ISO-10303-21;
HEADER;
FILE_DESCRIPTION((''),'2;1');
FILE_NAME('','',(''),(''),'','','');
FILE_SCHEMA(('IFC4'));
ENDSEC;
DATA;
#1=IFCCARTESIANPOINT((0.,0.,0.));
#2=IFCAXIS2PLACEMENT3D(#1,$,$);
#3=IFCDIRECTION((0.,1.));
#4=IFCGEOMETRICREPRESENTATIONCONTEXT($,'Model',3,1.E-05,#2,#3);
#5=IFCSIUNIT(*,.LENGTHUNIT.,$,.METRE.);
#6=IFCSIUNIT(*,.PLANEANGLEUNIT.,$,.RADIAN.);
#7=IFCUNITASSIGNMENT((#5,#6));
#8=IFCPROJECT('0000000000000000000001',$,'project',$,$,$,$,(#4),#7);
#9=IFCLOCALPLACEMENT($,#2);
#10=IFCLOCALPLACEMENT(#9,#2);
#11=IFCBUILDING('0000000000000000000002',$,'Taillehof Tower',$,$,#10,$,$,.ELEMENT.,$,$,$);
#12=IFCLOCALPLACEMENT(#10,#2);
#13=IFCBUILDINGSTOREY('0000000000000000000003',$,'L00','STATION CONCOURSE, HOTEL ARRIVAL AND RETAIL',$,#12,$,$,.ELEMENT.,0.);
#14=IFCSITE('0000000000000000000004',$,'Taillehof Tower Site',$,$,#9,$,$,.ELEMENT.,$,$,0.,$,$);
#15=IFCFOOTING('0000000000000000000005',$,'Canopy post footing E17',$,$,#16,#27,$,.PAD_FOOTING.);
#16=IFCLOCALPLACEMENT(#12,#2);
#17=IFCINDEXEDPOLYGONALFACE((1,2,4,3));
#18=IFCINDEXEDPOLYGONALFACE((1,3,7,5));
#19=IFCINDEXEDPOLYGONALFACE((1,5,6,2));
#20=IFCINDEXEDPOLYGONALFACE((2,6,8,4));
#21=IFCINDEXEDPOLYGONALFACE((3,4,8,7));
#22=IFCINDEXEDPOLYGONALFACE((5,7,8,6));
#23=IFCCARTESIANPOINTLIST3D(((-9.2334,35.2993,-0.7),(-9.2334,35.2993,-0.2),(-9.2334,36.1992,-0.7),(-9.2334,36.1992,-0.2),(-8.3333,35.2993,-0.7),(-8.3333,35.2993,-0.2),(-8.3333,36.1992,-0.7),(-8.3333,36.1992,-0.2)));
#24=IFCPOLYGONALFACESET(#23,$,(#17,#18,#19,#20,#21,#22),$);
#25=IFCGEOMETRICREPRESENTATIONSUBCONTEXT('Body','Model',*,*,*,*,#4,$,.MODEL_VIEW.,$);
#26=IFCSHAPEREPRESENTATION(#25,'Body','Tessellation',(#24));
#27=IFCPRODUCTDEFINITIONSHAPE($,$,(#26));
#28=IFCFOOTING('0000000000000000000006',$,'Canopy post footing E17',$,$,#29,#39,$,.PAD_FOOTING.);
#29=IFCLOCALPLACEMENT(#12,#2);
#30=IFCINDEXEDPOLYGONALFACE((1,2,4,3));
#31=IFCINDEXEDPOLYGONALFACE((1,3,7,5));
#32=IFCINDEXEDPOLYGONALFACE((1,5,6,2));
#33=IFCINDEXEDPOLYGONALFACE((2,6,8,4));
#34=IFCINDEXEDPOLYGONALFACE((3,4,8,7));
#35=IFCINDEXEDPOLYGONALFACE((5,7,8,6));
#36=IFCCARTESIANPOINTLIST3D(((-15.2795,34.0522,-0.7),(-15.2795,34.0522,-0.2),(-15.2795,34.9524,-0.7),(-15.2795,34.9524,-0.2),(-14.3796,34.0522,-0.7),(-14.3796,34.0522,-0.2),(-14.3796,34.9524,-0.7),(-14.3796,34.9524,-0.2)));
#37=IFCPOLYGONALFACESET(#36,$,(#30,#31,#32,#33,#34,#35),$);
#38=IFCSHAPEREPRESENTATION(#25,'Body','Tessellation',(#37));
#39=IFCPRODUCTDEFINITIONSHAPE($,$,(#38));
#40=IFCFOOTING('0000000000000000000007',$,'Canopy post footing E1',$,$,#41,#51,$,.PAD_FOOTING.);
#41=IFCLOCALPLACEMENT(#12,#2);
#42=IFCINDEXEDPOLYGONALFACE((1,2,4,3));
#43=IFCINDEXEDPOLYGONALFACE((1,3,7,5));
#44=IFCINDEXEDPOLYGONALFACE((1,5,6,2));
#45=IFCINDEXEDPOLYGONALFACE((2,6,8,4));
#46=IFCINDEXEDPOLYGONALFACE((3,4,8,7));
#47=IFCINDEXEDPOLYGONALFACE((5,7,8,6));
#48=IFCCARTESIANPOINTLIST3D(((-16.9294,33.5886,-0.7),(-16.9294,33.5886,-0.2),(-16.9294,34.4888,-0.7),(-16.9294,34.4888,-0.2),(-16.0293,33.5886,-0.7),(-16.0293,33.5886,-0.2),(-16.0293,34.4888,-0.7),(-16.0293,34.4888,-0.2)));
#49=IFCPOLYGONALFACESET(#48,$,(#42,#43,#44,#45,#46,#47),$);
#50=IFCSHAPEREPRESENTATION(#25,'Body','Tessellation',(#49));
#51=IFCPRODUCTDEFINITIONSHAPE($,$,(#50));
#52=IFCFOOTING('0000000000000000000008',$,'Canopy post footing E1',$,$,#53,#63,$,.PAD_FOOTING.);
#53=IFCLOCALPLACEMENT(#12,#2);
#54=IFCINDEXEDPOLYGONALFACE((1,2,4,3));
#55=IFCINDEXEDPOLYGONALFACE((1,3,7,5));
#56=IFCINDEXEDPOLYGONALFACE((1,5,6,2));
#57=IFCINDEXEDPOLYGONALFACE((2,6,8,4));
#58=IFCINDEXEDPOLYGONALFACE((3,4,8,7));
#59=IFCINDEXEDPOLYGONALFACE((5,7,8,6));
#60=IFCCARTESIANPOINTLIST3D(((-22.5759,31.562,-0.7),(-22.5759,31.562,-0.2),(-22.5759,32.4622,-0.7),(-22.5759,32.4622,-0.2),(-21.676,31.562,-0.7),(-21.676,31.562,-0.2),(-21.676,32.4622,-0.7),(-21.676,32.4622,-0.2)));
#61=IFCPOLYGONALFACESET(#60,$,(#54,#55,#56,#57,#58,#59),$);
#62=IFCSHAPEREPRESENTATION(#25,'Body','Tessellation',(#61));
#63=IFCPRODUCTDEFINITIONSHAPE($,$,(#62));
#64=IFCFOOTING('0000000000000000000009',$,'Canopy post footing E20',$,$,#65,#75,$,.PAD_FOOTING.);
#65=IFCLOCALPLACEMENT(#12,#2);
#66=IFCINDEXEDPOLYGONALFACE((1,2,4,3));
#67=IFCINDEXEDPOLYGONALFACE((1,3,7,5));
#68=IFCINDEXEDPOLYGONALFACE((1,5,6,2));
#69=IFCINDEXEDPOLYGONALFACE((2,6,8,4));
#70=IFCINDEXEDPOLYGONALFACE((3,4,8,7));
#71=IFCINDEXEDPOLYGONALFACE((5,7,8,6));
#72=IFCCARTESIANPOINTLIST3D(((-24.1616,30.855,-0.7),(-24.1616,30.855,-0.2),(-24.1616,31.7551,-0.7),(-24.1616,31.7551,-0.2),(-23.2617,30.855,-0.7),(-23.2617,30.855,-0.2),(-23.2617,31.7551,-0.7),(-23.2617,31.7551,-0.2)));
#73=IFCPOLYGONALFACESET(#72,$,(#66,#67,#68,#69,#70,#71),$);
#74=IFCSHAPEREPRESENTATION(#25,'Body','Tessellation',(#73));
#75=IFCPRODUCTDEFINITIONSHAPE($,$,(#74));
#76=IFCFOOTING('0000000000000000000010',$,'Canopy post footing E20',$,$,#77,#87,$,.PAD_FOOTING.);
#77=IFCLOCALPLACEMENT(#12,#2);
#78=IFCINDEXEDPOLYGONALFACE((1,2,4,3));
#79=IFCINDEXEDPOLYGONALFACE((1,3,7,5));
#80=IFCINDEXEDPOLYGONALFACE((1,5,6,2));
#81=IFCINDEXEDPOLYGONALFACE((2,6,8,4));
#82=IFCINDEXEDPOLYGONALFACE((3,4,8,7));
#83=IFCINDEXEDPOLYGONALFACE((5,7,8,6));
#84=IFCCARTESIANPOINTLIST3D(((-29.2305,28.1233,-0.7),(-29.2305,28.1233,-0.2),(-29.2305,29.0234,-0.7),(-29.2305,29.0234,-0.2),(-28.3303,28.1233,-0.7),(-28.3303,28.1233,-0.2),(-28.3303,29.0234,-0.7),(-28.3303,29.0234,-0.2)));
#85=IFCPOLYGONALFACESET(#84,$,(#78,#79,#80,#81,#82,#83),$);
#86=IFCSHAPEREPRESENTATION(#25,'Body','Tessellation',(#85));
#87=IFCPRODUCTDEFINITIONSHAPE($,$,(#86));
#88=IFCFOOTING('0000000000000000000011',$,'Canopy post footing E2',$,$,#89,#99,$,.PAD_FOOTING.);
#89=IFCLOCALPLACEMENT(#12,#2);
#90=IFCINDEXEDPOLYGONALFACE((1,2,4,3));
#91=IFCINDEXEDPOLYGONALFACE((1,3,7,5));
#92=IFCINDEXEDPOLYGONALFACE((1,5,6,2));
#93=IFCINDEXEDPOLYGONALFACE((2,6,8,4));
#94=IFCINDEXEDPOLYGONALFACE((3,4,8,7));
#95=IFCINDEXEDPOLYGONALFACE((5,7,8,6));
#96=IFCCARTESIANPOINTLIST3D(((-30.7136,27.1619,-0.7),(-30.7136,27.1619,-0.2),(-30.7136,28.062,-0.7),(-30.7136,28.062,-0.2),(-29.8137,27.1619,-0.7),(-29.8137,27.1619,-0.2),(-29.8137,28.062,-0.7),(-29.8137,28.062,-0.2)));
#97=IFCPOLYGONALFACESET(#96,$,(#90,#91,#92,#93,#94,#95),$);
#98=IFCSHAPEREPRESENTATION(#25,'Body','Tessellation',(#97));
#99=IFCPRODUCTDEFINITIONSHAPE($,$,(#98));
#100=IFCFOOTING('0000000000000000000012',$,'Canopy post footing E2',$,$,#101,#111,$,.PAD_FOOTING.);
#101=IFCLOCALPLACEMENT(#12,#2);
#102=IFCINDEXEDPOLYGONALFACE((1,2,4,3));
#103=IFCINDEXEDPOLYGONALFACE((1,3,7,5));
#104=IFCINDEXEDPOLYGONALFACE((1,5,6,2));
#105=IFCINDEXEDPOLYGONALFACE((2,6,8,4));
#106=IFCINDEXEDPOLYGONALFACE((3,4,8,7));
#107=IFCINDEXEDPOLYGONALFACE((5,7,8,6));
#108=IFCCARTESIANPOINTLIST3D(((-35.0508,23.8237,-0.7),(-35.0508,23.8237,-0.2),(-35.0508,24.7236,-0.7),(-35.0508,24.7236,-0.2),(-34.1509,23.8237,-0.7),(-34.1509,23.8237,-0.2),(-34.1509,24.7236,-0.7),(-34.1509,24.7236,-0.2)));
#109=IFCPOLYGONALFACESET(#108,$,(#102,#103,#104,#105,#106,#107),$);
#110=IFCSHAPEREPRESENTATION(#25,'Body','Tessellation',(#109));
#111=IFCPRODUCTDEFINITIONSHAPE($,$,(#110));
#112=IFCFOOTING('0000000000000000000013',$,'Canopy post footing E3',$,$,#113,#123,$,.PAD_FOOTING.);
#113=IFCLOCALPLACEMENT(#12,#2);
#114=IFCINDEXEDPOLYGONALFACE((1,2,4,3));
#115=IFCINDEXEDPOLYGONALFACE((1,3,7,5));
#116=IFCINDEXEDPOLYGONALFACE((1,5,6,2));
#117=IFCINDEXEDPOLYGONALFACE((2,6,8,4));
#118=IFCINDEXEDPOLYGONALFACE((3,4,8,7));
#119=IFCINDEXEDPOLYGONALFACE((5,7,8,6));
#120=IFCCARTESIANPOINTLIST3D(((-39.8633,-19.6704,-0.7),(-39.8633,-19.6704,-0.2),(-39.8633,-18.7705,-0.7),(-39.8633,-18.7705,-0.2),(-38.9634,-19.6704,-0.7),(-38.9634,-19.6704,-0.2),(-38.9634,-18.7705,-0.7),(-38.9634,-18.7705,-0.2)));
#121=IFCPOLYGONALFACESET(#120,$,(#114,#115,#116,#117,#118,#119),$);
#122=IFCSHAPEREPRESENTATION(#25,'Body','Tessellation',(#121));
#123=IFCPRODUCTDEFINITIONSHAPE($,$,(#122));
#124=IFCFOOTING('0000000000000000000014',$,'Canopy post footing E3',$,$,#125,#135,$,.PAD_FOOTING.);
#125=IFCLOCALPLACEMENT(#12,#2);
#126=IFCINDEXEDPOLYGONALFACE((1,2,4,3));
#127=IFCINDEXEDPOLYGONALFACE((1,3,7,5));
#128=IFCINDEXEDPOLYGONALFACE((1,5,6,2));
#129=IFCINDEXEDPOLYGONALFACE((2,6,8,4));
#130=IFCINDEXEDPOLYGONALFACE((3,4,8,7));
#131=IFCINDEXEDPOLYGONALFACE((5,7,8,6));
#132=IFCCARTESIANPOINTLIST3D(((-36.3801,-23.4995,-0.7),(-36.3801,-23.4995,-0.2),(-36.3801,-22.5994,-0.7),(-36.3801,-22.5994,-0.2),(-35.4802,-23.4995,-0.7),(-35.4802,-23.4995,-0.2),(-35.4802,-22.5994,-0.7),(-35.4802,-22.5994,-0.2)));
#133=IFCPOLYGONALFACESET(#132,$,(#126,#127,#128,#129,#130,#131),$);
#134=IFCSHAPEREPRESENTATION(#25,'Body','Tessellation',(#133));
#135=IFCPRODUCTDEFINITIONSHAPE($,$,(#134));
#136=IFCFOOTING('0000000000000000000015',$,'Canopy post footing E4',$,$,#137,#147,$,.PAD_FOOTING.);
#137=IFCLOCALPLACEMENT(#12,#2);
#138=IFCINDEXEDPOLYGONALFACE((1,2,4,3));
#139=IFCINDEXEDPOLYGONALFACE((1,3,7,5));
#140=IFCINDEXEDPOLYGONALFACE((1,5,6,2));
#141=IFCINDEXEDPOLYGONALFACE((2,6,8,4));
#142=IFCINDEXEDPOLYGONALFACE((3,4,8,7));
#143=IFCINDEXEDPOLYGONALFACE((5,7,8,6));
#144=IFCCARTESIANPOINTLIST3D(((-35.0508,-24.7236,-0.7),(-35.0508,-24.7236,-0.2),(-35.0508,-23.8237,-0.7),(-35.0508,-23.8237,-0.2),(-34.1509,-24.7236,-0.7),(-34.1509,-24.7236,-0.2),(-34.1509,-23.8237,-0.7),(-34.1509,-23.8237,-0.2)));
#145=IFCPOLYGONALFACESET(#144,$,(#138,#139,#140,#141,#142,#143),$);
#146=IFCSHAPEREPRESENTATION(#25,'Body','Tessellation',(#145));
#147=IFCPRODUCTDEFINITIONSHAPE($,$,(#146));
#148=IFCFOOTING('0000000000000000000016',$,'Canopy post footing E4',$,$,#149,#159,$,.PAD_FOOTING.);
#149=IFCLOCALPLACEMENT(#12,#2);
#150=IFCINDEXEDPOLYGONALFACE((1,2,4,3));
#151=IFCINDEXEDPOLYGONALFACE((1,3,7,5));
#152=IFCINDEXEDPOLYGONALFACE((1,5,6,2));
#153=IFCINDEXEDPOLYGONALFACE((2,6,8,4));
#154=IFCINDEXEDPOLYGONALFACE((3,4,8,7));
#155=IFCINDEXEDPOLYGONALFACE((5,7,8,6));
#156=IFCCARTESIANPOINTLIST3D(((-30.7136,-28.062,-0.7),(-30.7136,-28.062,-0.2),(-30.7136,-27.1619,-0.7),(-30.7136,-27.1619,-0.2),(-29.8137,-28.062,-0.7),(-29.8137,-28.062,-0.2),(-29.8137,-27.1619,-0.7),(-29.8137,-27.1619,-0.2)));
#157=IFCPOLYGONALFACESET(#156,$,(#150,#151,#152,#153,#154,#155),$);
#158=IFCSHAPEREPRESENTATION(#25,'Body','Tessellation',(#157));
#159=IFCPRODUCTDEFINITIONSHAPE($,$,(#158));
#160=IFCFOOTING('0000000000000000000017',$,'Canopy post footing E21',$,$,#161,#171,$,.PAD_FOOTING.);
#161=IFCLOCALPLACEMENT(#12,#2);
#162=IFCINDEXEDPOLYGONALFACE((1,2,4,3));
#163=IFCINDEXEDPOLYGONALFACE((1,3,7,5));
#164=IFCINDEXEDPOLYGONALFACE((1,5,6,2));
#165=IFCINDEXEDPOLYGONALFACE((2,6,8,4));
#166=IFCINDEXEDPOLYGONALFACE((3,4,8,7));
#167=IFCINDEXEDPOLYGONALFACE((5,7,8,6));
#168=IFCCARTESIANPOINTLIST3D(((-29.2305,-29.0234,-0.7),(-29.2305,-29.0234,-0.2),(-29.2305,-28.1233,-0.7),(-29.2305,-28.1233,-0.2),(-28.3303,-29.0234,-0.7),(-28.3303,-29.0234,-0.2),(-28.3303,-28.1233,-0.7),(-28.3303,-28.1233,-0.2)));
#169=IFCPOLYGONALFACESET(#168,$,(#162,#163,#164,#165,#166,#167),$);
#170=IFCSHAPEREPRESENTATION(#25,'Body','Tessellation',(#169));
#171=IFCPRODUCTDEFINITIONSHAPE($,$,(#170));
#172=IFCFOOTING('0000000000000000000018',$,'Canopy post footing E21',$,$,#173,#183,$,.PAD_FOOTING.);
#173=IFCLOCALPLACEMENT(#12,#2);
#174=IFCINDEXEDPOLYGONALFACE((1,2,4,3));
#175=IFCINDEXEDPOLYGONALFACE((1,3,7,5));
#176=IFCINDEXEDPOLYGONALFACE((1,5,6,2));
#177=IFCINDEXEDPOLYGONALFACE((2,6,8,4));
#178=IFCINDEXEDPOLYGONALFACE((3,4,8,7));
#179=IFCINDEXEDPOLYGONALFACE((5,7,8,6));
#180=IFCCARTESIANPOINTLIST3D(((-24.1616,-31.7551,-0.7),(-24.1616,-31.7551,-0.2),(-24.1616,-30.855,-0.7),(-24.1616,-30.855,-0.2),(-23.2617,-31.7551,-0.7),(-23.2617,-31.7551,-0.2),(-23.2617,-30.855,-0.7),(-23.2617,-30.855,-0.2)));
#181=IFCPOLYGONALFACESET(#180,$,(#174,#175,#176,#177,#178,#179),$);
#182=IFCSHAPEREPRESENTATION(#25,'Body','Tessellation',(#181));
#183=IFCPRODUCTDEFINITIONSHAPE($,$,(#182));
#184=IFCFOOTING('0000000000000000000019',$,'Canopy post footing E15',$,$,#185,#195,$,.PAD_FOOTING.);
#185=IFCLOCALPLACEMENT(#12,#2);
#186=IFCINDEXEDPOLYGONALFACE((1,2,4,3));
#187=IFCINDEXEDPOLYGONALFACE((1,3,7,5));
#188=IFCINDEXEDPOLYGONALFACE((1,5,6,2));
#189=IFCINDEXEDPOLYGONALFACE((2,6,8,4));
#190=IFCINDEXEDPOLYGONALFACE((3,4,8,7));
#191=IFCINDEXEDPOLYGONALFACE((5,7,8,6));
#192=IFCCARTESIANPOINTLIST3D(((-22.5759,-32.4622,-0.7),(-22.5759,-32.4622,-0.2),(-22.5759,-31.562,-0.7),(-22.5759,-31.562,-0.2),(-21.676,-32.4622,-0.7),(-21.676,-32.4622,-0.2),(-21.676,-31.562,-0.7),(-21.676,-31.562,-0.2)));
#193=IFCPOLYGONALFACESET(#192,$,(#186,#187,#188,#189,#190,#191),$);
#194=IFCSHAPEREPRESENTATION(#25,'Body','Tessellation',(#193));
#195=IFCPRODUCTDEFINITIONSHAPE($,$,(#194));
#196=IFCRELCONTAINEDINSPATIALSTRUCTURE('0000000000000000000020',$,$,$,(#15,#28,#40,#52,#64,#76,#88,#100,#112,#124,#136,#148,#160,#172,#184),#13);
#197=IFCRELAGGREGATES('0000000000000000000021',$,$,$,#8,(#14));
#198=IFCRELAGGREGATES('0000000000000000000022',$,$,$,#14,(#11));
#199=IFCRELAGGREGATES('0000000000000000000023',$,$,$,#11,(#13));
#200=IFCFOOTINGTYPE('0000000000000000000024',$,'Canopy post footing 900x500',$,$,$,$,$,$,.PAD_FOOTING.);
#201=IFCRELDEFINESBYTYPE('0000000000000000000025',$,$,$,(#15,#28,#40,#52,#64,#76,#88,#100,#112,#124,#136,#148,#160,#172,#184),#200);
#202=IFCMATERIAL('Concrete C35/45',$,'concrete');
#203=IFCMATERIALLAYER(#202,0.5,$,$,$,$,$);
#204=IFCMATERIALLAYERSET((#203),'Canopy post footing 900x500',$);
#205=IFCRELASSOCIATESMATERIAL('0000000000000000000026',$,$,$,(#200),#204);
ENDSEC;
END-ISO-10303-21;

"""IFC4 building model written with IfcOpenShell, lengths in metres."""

from ifc_helpers import new_model, si_unit, direction, frame, origin, place, context, subcontext, project, spatial, polyline, outline, extrude, material, layer, layer_set, type_object, element, save


model = new_model("IFC4")

# Units and contexts
model_context = context("Model", 3, precision=1e-05, world=origin(), true_north=direction((0.0, 1.0)))
body_context = subcontext(model_context, "Body", "Model", "MODEL_VIEW")
ifc_project = project(units=[si_unit("LENGTHUNIT", "METRE"), si_unit("PLANEANGLEUNIT", "RADIAN")], contexts=[model_context])

# Site, building, storey
site_placement = place(None, origin())
site = spatial("IfcSite", under=ifc_project, at=site_placement, Name="Taillehof Tower Site", CompositionType="ELEMENT", RefElevation=0.0)
building_placement = place(site_placement, origin())
building = spatial("IfcBuilding", under=site, at=building_placement, Name="Taillehof Tower", CompositionType="ELEMENT")
storey_placement = place(building_placement, origin())
storey = spatial("IfcBuildingStorey", under=building, at=storey_placement, Name="L00", Description="STATION CONCOURSE, HOTEL ARRIVAL AND RETAIL", CompositionType="ELEMENT", Elevation=0.0)

# Footings
ifc_material_1 = material(Name="Concrete C35/45", Category="concrete")
ifc_layer = layer(ifc_material_1, 0.5)
ifc_layer_set = layer_set([ifc_layer], Name="Canopy post footing 900x500")
footing_type = type_object("IfcFootingType", Name="Canopy post footing 900x500", PredefinedType="PAD_FOOTING", material=ifc_layer_set)
footing_1_placement = place(storey_placement, frame((0.0, 0.0, -0.7)))
element("IfcFooting", 1, at=footing_1_placement, inside=storey, type_object=footing_type, Name="Canopy post footing E17", PredefinedType="PAD_FOOTING", context=body_context, shape_type="SweptSolid", body=[
    extrude(outline(polyline([(-9.2334, 35.2993), (-8.3333, 35.2993), (-8.3333, 36.1992), (-9.2334, 36.1992), (-9.2334, 35.2993)])), origin(), (0.0, 0.0, 1.0), 0.5),
])
footing_2_placement = place(storey_placement, frame((0.0, 0.0, -0.7)))
element("IfcFooting", 2, at=footing_2_placement, inside=storey, type_object=footing_type, Name="Canopy post footing E17", PredefinedType="PAD_FOOTING", context=body_context, shape_type="SweptSolid", body=[
    extrude(outline(polyline([(-15.2795, 34.0522), (-14.3796, 34.0522), (-14.3796, 34.9524), (-15.2795, 34.9524), (-15.2795, 34.0522)])), origin(), (0.0, 0.0, 1.0), 0.5),
])
footing_3_placement = place(storey_placement, frame((0.0, 0.0, -0.7)))
element("IfcFooting", 3, at=footing_3_placement, inside=storey, type_object=footing_type, Name="Canopy post footing E1", PredefinedType="PAD_FOOTING", context=body_context, shape_type="SweptSolid", body=[
    extrude(outline(polyline([(-16.9294, 33.5886), (-16.0293, 33.5886), (-16.0293, 34.4888), (-16.9294, 34.4888), (-16.9294, 33.5886)])), origin(), (0.0, 0.0, 1.0), 0.5),
])
footing_4_placement = place(storey_placement, frame((0.0, 0.0, -0.7)))
element("IfcFooting", 4, at=footing_4_placement, inside=storey, type_object=footing_type, Name="Canopy post footing E1", PredefinedType="PAD_FOOTING", context=body_context, shape_type="SweptSolid", body=[
    extrude(outline(polyline([(-22.5759, 31.562), (-21.676, 31.562), (-21.676, 32.4622), (-22.5759, 32.4622), (-22.5759, 31.562)])), origin(), (0.0, 0.0, 1.0), 0.5),
])
footing_5_placement = place(storey_placement, frame((0.0, 0.0, -0.7)))
element("IfcFooting", 5, at=footing_5_placement, inside=storey, type_object=footing_type, Name="Canopy post footing E20", PredefinedType="PAD_FOOTING", context=body_context, shape_type="SweptSolid", body=[
    extrude(outline(polyline([(-24.1616, 30.855), (-23.2617, 30.855), (-23.2617, 31.7551), (-24.1616, 31.7551), (-24.1616, 30.855)])), origin(), (0.0, 0.0, 1.0), 0.5),
])
footing_6_placement = place(storey_placement, frame((0.0, 0.0, -0.7)))
element("IfcFooting", 6, at=footing_6_placement, inside=storey, type_object=footing_type, Name="Canopy post footing E20", PredefinedType="PAD_FOOTING", context=body_context, shape_type="SweptSolid", body=[
    extrude(outline(polyline([(-29.2305, 28.1233), (-28.3303, 28.1233), (-28.3303, 29.0234), (-29.2305, 29.0234), (-29.2305, 28.1233)])), origin(), (0.0, 0.0, 1.0), 0.5),
])
footing_7_placement = place(storey_placement, frame((0.0, 0.0, -0.7)))
element("IfcFooting", 7, at=footing_7_placement, inside=storey, type_object=footing_type, Name="Canopy post footing E2", PredefinedType="PAD_FOOTING", context=body_context, shape_type="SweptSolid", body=[
    extrude(outline(polyline([(-30.7136, 27.1619), (-29.8137, 27.1619), (-29.8137, 28.062), (-30.7136, 28.062), (-30.7136, 27.1619)])), origin(), (0.0, 0.0, 1.0), 0.5),
])
footing_8_placement = place(storey_placement, frame((0.0, 0.0, -0.7)))
element("IfcFooting", 8, at=footing_8_placement, inside=storey, type_object=footing_type, Name="Canopy post footing E2", PredefinedType="PAD_FOOTING", context=body_context, shape_type="SweptSolid", body=[
    extrude(outline(polyline([(-35.0508, 23.8237), (-34.1509, 23.8237), (-34.1509, 24.7236), (-35.0508, 24.7236), (-35.0508, 23.8237)])), origin(), (0.0, 0.0, 1.0), 0.5),
])
footing_9_placement = place(storey_placement, frame((0.0, 0.0, -0.7)))
element("IfcFooting", 9, at=footing_9_placement, inside=storey, type_object=footing_type, Name="Canopy post footing E3", PredefinedType="PAD_FOOTING", context=body_context, shape_type="SweptSolid", body=[
    extrude(outline(polyline([(-39.8633, -19.6704), (-38.9634, -19.6704), (-38.9634, -18.7705), (-39.8633, -18.7705), (-39.8633, -19.6704)])), origin(), (0.0, 0.0, 1.0), 0.5),
])
footing_10_placement = place(storey_placement, frame((0.0, 0.0, -0.7)))
element("IfcFooting", 10, at=footing_10_placement, inside=storey, type_object=footing_type, Name="Canopy post footing E3", PredefinedType="PAD_FOOTING", context=body_context, shape_type="SweptSolid", body=[
    extrude(outline(polyline([(-36.3801, -23.4995), (-35.4802, -23.4995), (-35.4802, -22.5994), (-36.3801, -22.5994), (-36.3801, -23.4995)])), origin(), (0.0, 0.0, 1.0), 0.5),
])
footing_11_placement = place(storey_placement, frame((0.0, 0.0, -0.7)))
element("IfcFooting", 11, at=footing_11_placement, inside=storey, type_object=footing_type, Name="Canopy post footing E4", PredefinedType="PAD_FOOTING", context=body_context, shape_type="SweptSolid", body=[
    extrude(outline(polyline([(-35.0508, -24.7236), (-34.1509, -24.7236), (-34.1509, -23.8237), (-35.0508, -23.8237), (-35.0508, -24.7236)])), origin(), (0.0, 0.0, 1.0), 0.5),
])
footing_12_placement = place(storey_placement, frame((0.0, 0.0, -0.7)))
element("IfcFooting", 12, at=footing_12_placement, inside=storey, type_object=footing_type, Name="Canopy post footing E4", PredefinedType="PAD_FOOTING", context=body_context, shape_type="SweptSolid", body=[
    extrude(outline(polyline([(-30.7136, -28.062), (-29.8137, -28.062), (-29.8137, -27.1619), (-30.7136, -27.1619), (-30.7136, -28.062)])), origin(), (0.0, 0.0, 1.0), 0.5),
])
footing_13_placement = place(storey_placement, frame((0.0, 0.0, -0.7)))
element("IfcFooting", 13, at=footing_13_placement, inside=storey, type_object=footing_type, Name="Canopy post footing E21", PredefinedType="PAD_FOOTING", context=body_context, shape_type="SweptSolid", body=[
    extrude(outline(polyline([(-29.2305, -29.0234), (-28.3303, -29.0234), (-28.3303, -28.1233), (-29.2305, -28.1233), (-29.2305, -29.0234)])), origin(), (0.0, 0.0, 1.0), 0.5),
])
footing_14_placement = place(storey_placement, frame((0.0, 0.0, -0.7)))
element("IfcFooting", 14, at=footing_14_placement, inside=storey, type_object=footing_type, Name="Canopy post footing E21", PredefinedType="PAD_FOOTING", context=body_context, shape_type="SweptSolid", body=[
    extrude(outline(polyline([(-24.1616, -31.7551), (-23.2617, -31.7551), (-23.2617, -30.855), (-24.1616, -30.855), (-24.1616, -31.7551)])), origin(), (0.0, 0.0, 1.0), 0.5),
])
footing_15_placement = place(storey_placement, frame((0.0, 0.0, -0.7)))
element("IfcFooting", 15, at=footing_15_placement, inside=storey, type_object=footing_type, Name="Canopy post footing E15", PredefinedType="PAD_FOOTING", context=body_context, shape_type="SweptSolid", body=[
    extrude(outline(polyline([(-22.5759, -32.4622), (-21.676, -32.4622), (-21.676, -31.562), (-22.5759, -31.562), (-22.5759, -32.4622)])), origin(), (0.0, 0.0, 1.0), 0.5),
])

save(model, "model.ifc")
